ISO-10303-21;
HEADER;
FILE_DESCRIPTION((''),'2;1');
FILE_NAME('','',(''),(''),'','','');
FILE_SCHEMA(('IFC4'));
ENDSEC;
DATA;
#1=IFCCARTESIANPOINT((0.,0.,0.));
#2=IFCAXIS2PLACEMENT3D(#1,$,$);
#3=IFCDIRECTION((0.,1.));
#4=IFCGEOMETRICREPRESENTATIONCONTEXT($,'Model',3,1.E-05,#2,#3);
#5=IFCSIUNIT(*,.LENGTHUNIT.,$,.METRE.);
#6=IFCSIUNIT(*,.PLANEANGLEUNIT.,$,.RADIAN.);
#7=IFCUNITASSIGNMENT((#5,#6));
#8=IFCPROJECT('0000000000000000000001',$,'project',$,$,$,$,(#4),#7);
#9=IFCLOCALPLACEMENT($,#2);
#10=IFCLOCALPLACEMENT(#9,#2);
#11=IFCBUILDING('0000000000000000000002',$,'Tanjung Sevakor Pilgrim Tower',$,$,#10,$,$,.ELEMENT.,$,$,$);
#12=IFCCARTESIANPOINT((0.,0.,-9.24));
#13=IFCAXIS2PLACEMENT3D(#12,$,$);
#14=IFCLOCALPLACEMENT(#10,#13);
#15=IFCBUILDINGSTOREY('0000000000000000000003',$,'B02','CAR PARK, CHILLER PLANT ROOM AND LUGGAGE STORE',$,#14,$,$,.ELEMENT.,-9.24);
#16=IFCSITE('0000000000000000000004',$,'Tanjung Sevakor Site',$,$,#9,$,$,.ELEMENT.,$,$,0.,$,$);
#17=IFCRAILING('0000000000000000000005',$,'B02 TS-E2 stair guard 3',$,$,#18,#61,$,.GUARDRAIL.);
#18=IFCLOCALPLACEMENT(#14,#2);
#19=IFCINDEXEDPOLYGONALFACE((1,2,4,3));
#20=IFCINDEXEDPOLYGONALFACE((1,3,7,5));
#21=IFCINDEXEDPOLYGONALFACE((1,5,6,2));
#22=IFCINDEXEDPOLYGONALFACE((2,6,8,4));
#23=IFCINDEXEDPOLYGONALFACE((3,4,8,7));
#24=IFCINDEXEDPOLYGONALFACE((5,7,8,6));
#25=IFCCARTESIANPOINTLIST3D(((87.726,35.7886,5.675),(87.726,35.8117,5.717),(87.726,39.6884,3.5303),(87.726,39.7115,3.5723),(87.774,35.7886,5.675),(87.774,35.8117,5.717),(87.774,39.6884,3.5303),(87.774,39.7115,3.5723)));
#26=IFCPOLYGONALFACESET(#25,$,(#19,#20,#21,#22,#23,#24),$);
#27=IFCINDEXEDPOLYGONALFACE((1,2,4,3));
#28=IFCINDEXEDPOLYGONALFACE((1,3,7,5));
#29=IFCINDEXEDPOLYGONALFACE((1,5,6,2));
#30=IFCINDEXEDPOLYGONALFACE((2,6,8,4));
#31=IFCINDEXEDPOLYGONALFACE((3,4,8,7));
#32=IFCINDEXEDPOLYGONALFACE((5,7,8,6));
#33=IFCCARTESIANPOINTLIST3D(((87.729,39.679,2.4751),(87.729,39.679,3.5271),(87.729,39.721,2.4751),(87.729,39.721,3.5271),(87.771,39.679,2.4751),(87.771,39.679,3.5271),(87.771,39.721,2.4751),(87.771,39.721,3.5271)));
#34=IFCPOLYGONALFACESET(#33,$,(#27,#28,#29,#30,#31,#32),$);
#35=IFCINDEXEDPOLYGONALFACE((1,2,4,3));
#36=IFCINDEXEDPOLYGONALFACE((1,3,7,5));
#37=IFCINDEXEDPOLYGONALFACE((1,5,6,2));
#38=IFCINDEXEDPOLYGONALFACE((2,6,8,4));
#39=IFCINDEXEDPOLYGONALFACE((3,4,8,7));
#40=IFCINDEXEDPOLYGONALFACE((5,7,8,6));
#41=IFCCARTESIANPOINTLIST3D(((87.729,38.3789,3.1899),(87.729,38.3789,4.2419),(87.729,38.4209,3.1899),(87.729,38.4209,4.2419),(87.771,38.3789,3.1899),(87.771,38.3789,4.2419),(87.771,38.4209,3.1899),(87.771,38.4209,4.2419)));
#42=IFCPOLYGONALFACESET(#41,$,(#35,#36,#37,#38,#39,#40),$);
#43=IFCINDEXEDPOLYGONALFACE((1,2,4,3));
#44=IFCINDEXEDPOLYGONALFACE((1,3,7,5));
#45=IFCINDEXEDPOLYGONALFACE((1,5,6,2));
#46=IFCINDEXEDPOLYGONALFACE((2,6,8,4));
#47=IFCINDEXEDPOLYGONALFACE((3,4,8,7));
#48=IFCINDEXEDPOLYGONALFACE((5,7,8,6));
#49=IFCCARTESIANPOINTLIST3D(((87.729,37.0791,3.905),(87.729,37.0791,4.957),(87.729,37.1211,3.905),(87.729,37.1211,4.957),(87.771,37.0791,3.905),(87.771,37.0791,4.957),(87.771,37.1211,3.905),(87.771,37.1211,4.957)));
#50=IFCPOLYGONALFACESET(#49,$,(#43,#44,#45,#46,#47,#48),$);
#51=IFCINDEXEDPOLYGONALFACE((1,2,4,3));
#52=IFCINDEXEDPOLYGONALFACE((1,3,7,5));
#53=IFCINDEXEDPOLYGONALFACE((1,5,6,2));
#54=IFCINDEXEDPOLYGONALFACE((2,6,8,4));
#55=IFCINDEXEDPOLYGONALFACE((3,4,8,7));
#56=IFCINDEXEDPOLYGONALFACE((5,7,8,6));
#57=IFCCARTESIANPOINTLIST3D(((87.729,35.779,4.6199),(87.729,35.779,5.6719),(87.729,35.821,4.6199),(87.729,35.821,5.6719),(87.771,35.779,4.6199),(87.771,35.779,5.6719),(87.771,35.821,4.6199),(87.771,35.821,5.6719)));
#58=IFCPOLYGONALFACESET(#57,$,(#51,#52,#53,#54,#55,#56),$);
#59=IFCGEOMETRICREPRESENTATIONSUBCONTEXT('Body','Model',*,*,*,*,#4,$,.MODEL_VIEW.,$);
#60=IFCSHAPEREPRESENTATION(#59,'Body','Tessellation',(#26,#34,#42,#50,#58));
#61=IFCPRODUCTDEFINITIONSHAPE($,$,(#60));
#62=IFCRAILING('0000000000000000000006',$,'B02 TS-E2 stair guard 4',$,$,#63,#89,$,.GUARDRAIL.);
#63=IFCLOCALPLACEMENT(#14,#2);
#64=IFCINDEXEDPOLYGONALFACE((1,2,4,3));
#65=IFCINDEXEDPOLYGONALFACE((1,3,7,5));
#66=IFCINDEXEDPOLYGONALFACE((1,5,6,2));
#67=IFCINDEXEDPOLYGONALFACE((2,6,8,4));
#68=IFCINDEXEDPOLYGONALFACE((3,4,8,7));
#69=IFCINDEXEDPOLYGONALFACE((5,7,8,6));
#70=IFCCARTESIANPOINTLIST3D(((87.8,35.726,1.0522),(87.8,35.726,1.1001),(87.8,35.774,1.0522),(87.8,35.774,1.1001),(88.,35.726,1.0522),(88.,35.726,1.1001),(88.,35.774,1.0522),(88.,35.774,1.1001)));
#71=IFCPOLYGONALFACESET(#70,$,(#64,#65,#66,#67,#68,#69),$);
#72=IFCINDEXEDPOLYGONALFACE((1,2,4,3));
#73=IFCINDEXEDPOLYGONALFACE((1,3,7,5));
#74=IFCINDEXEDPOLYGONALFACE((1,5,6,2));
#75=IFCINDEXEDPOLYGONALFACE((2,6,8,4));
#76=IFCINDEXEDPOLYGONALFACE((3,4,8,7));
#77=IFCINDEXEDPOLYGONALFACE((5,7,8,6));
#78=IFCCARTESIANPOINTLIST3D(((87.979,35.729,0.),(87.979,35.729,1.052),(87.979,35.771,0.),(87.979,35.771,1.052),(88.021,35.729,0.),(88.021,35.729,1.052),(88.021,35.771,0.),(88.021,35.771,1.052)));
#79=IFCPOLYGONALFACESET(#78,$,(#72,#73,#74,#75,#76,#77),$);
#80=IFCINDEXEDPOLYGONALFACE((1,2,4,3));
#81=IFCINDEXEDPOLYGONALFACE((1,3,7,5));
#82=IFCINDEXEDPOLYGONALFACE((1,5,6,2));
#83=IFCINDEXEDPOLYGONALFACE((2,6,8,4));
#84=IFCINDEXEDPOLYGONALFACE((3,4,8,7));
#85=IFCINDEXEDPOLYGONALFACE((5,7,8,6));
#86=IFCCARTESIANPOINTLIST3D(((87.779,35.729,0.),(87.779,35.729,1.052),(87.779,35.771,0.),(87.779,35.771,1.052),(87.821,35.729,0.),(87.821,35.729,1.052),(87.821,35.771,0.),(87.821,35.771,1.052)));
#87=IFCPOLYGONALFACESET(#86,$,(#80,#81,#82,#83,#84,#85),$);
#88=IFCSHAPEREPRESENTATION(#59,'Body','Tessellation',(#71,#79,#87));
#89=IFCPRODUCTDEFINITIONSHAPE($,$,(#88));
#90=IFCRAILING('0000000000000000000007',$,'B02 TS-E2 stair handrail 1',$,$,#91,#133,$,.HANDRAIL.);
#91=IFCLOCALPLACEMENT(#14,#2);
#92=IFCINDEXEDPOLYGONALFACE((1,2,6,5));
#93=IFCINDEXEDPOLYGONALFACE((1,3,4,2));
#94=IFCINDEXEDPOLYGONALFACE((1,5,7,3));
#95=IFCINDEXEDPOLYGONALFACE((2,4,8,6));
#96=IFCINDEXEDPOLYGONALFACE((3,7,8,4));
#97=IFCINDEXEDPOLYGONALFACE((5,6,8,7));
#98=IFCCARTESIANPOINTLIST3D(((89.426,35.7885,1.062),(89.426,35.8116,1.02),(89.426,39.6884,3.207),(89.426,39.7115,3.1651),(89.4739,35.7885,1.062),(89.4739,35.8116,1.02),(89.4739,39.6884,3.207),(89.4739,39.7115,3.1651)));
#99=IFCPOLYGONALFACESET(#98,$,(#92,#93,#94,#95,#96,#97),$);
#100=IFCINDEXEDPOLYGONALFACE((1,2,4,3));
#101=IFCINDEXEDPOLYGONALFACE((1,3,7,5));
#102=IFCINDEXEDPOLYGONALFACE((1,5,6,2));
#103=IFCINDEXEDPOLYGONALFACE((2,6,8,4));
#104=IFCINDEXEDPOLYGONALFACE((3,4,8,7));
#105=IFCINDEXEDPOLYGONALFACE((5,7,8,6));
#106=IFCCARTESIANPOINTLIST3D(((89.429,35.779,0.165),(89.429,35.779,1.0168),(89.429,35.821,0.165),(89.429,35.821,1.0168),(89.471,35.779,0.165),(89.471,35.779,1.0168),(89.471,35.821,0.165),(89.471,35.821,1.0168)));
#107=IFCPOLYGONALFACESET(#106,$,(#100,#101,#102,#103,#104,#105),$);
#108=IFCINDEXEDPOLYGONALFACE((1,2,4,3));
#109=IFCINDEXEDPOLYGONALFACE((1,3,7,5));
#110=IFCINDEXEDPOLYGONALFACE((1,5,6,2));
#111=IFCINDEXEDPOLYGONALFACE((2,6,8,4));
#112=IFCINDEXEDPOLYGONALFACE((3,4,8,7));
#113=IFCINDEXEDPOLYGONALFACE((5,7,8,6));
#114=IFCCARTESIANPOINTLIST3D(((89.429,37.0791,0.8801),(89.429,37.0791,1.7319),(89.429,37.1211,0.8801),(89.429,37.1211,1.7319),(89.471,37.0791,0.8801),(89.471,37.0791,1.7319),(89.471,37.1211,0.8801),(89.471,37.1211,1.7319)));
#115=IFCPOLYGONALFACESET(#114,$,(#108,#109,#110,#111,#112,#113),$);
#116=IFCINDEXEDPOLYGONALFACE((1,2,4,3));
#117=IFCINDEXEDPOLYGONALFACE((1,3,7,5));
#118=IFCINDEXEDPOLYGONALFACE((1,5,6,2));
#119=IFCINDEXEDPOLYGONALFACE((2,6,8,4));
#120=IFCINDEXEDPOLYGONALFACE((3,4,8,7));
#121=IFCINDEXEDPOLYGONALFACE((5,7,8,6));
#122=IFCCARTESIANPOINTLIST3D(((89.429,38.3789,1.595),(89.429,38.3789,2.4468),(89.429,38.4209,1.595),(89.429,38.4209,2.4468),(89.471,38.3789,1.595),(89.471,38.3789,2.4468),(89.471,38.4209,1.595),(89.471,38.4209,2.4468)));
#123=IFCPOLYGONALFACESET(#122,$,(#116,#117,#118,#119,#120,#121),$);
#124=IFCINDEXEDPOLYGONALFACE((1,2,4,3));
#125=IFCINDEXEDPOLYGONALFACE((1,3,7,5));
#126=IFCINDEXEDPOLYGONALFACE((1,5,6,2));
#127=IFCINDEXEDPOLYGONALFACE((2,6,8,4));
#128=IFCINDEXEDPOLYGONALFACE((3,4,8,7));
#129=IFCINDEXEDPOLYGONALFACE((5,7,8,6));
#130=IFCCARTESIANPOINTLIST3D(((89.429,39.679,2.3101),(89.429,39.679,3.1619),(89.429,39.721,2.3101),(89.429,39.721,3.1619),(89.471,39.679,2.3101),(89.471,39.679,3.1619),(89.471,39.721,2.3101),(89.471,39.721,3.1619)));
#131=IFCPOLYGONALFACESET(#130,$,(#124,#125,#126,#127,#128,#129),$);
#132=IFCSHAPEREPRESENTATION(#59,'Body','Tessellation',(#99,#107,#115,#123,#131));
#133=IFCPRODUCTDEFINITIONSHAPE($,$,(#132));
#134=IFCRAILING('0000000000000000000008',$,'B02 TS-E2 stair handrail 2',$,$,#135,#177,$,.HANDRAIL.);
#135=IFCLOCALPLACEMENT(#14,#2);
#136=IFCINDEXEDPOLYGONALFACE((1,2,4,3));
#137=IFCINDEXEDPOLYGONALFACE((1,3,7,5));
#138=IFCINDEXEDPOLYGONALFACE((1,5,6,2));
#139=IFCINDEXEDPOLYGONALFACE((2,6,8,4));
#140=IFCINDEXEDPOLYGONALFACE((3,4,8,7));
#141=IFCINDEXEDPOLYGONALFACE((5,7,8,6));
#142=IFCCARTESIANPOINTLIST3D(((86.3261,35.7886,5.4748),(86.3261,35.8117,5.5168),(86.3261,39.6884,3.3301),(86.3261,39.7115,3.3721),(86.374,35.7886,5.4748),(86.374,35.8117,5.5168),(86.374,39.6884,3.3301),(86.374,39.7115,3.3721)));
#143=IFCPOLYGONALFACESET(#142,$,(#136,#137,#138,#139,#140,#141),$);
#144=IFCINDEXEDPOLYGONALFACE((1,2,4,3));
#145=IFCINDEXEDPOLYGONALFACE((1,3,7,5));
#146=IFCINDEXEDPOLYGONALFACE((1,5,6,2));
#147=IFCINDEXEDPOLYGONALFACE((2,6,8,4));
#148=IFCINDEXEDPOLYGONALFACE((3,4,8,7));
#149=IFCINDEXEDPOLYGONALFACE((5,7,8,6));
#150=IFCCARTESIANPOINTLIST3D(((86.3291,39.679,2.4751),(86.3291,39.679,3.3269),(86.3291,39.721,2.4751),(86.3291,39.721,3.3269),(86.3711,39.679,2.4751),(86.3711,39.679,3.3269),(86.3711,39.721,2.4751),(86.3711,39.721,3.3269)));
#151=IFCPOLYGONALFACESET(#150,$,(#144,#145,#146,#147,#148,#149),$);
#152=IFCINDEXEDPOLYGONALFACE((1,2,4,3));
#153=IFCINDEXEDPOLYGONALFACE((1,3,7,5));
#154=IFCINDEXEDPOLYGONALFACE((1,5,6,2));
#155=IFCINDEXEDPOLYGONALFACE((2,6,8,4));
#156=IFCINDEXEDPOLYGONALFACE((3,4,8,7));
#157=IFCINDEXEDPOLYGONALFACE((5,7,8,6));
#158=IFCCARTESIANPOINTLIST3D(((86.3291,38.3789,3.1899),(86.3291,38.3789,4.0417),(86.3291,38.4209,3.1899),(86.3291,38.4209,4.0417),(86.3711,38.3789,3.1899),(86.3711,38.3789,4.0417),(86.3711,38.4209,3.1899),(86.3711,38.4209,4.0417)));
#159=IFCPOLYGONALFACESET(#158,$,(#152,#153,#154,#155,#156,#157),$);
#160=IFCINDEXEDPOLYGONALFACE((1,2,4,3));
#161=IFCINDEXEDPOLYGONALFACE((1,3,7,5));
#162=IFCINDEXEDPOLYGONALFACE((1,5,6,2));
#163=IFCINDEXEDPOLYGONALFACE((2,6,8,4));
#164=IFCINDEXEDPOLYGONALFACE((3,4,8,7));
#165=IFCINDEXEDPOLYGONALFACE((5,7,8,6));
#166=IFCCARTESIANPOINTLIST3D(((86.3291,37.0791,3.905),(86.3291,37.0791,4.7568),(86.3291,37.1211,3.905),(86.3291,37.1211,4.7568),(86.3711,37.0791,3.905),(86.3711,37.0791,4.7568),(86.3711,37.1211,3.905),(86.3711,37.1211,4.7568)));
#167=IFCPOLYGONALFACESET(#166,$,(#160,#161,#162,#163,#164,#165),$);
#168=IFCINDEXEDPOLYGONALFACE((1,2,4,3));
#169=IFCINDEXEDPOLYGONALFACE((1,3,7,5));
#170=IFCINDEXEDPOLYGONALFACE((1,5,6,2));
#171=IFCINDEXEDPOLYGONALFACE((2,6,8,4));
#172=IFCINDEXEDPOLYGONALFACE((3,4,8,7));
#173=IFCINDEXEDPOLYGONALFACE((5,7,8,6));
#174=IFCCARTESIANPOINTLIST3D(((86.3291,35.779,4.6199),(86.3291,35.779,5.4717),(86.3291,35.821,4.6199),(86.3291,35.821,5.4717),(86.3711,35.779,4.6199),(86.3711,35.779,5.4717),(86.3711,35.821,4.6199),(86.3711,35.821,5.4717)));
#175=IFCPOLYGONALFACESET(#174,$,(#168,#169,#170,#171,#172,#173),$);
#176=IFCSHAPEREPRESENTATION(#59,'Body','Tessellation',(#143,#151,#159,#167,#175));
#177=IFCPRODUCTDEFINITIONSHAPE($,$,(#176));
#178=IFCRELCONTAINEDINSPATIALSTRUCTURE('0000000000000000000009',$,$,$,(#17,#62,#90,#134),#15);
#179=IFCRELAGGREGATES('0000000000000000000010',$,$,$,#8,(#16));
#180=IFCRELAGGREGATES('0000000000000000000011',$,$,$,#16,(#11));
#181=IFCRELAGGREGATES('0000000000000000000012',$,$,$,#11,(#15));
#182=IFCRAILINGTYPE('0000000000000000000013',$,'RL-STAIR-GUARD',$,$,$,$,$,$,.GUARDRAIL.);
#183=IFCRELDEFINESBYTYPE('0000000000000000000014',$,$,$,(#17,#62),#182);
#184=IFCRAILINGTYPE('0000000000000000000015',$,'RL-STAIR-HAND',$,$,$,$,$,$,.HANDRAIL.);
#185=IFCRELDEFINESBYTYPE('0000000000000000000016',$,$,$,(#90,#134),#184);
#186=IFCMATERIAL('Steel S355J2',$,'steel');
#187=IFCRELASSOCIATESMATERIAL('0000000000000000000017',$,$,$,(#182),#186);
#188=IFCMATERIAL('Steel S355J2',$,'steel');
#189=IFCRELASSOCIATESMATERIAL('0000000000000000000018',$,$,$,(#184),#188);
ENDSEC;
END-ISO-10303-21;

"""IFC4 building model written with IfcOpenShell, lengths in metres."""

from ifc_helpers import new_model, si_unit, direction, frame, origin, place, context, subcontext, project, spatial, rectangle, extrude, material, type_object, element, save


model = new_model("IFC4")

# Units and contexts
model_context = context("Model", 3, precision=1e-05, world=origin(), true_north=direction((0.0, 1.0)))
body_context = subcontext(model_context, "Body", "Model", "MODEL_VIEW")
ifc_project = project(units=[si_unit("LENGTHUNIT", "METRE"), si_unit("PLANEANGLEUNIT", "RADIAN")], contexts=[model_context])

# Site, building, storey
site_placement = place(None, origin())
site = spatial("IfcSite", under=ifc_project, at=site_placement, Name="Tanjung Sevakor Site", CompositionType="ELEMENT", RefElevation=0.0)
building_placement = place(site_placement, origin())
building = spatial("IfcBuilding", under=site, at=building_placement, Name="Tanjung Sevakor Pilgrim Tower", CompositionType="ELEMENT")
storey_placement = place(building_placement, frame((0.0, 0.0, -9.24)))
storey = spatial("IfcBuildingStorey", under=building, at=storey_placement, Name="B02", Description="CAR PARK, CHILLER PLANT ROOM AND LUGGAGE STORE", CompositionType="ELEMENT", Elevation=-9.24)

# Railings
ifc_material_1 = material(Name="Steel S355J2", Category="steel")
railing_type_1 = type_object("IfcRailingType", Name="RL-STAIR-GUARD", PredefinedType="GUARDRAIL", material=ifc_material_1)
railing_1_placement = place(storey_placement, frame((87.75, 39.7, 2.4751)))
element("IfcRailing", 1, at=railing_1_placement, inside=storey, type_object=railing_type_1, Name="B02 TS-E2 stair guard 3", PredefinedType="GUARDRAIL", context=body_context, shape_type="SweptSolid", body=[
    extrude(rectangle(XDim=0.0479, YDim=0.0479), frame((0.0, 0.0, 1.0762), z_axis=(0.0, -0.876232, 0.481889), x_axis=(1.0, 0.0, 0.0)), (0.0, 0.0, 1.0), 4.4507),
    extrude(rectangle(XDim=0.042, YDim=0.042), origin(), (0.0, 0.0, 1.0), 1.052),
    extrude(rectangle(XDim=0.042, YDim=0.042), frame((0.0, -1.3, 0.7148)), (0.0, 0.0, 1.0), 1.052),
    extrude(rectangle(XDim=0.042, YDim=0.042), frame((0.0, -2.5999, 1.4299)), (0.0, 0.0, 1.0), 1.052),
    extrude(rectangle(XDim=0.042, YDim=0.042), frame((0.0, -3.8999, 2.1448)), (0.0, 0.0, 1.0), 1.052),
])
railing_2_placement = place(storey_placement, frame((88.0, 35.75, 0.0)))
element("IfcRailing", 2, at=railing_2_placement, inside=storey, type_object=railing_type_1, Name="B02 TS-E2 stair guard 4", PredefinedType="GUARDRAIL", context=body_context, shape_type="SweptSolid", body=[
    extrude(rectangle(XDim=0.0479, YDim=0.0479), frame((0.0, 0.0, 1.0762), z_axis=(-1.0, 0.0, 0.0), x_axis=(0.0, -1.0, 0.0)), (0.0, 0.0, 1.0), 0.2),
    extrude(rectangle(XDim=0.042, YDim=0.042), origin(), (0.0, 0.0, 1.0), 1.052),
    extrude(rectangle(XDim=0.042, YDim=0.042), frame((-0.2, 0.0, 0.0)), (0.0, 0.0, 1.0), 1.052),
])
ifc_material_2 = material(Name="Steel S355J2", Category="steel")
railing_type_2 = type_object("IfcRailingType", Name="RL-STAIR-HAND", PredefinedType="HANDRAIL", material=ifc_material_2)
railing_3_placement = place(storey_placement, frame((89.45, 35.8, 0.165)))
element("IfcRailing", 3, at=railing_3_placement, inside=storey, type_object=railing_type_2, Name="B02 TS-E2 stair handrail 1", PredefinedType="HANDRAIL", context=body_context, shape_type="SweptSolid", body=[
    extrude(rectangle(XDim=0.0479, YDim=0.0479), frame((0.0, 0.0, 0.876), z_axis=(0.0, 0.876209, 0.481931), x_axis=(-1.0, 0.0, 0.0)), (0.0, 0.0, 1.0), 4.4509),
    extrude(rectangle(XDim=0.042, YDim=0.042), origin(), (0.0, 0.0, 1.0), 0.8518),
    extrude(rectangle(XDim=0.042, YDim=0.042), frame((0.0, 1.3, 0.7151)), (0.0, 0.0, 1.0), 0.8518),
    extrude(rectangle(XDim=0.042, YDim=0.042), frame((0.0, 2.5999, 1.4299)), (0.0, 0.0, 1.0), 0.8518),
    extrude(rectangle(XDim=0.042, YDim=0.042), frame((0.0, 3.8999, 2.145)), (0.0, 0.0, 1.0), 0.8518),
])
railing_4_placement = place(storey_placement, frame((86.3501, 39.7, 2.4751)))
element("IfcRailing", 4, at=railing_4_placement, inside=storey, type_object=railing_type_2, Name="B02 TS-E2 stair handrail 2", PredefinedType="HANDRAIL", context=body_context, shape_type="SweptSolid", body=[
    extrude(rectangle(XDim=0.0479, YDim=0.0479), frame((0.0, 0.0, 0.876), z_axis=(0.0, -0.876232, 0.481889), x_axis=(1.0, 0.0, 0.0)), (0.0, 0.0, 1.0), 4.4507),
    extrude(rectangle(XDim=0.042, YDim=0.042), origin(), (0.0, 0.0, 1.0), 0.8518),
    extrude(rectangle(XDim=0.042, YDim=0.042), frame((0.0, -1.3, 0.7148)), (0.0, 0.0, 1.0), 0.8518),
    extrude(rectangle(XDim=0.042, YDim=0.042), frame((0.0, -2.5999, 1.4299)), (0.0, 0.0, 1.0), 0.8518),
    extrude(rectangle(XDim=0.042, YDim=0.042), frame((0.0, -3.8999, 2.1448)), (0.0, 0.0, 1.0), 0.8518),
])

save(model, "model.ifc")
